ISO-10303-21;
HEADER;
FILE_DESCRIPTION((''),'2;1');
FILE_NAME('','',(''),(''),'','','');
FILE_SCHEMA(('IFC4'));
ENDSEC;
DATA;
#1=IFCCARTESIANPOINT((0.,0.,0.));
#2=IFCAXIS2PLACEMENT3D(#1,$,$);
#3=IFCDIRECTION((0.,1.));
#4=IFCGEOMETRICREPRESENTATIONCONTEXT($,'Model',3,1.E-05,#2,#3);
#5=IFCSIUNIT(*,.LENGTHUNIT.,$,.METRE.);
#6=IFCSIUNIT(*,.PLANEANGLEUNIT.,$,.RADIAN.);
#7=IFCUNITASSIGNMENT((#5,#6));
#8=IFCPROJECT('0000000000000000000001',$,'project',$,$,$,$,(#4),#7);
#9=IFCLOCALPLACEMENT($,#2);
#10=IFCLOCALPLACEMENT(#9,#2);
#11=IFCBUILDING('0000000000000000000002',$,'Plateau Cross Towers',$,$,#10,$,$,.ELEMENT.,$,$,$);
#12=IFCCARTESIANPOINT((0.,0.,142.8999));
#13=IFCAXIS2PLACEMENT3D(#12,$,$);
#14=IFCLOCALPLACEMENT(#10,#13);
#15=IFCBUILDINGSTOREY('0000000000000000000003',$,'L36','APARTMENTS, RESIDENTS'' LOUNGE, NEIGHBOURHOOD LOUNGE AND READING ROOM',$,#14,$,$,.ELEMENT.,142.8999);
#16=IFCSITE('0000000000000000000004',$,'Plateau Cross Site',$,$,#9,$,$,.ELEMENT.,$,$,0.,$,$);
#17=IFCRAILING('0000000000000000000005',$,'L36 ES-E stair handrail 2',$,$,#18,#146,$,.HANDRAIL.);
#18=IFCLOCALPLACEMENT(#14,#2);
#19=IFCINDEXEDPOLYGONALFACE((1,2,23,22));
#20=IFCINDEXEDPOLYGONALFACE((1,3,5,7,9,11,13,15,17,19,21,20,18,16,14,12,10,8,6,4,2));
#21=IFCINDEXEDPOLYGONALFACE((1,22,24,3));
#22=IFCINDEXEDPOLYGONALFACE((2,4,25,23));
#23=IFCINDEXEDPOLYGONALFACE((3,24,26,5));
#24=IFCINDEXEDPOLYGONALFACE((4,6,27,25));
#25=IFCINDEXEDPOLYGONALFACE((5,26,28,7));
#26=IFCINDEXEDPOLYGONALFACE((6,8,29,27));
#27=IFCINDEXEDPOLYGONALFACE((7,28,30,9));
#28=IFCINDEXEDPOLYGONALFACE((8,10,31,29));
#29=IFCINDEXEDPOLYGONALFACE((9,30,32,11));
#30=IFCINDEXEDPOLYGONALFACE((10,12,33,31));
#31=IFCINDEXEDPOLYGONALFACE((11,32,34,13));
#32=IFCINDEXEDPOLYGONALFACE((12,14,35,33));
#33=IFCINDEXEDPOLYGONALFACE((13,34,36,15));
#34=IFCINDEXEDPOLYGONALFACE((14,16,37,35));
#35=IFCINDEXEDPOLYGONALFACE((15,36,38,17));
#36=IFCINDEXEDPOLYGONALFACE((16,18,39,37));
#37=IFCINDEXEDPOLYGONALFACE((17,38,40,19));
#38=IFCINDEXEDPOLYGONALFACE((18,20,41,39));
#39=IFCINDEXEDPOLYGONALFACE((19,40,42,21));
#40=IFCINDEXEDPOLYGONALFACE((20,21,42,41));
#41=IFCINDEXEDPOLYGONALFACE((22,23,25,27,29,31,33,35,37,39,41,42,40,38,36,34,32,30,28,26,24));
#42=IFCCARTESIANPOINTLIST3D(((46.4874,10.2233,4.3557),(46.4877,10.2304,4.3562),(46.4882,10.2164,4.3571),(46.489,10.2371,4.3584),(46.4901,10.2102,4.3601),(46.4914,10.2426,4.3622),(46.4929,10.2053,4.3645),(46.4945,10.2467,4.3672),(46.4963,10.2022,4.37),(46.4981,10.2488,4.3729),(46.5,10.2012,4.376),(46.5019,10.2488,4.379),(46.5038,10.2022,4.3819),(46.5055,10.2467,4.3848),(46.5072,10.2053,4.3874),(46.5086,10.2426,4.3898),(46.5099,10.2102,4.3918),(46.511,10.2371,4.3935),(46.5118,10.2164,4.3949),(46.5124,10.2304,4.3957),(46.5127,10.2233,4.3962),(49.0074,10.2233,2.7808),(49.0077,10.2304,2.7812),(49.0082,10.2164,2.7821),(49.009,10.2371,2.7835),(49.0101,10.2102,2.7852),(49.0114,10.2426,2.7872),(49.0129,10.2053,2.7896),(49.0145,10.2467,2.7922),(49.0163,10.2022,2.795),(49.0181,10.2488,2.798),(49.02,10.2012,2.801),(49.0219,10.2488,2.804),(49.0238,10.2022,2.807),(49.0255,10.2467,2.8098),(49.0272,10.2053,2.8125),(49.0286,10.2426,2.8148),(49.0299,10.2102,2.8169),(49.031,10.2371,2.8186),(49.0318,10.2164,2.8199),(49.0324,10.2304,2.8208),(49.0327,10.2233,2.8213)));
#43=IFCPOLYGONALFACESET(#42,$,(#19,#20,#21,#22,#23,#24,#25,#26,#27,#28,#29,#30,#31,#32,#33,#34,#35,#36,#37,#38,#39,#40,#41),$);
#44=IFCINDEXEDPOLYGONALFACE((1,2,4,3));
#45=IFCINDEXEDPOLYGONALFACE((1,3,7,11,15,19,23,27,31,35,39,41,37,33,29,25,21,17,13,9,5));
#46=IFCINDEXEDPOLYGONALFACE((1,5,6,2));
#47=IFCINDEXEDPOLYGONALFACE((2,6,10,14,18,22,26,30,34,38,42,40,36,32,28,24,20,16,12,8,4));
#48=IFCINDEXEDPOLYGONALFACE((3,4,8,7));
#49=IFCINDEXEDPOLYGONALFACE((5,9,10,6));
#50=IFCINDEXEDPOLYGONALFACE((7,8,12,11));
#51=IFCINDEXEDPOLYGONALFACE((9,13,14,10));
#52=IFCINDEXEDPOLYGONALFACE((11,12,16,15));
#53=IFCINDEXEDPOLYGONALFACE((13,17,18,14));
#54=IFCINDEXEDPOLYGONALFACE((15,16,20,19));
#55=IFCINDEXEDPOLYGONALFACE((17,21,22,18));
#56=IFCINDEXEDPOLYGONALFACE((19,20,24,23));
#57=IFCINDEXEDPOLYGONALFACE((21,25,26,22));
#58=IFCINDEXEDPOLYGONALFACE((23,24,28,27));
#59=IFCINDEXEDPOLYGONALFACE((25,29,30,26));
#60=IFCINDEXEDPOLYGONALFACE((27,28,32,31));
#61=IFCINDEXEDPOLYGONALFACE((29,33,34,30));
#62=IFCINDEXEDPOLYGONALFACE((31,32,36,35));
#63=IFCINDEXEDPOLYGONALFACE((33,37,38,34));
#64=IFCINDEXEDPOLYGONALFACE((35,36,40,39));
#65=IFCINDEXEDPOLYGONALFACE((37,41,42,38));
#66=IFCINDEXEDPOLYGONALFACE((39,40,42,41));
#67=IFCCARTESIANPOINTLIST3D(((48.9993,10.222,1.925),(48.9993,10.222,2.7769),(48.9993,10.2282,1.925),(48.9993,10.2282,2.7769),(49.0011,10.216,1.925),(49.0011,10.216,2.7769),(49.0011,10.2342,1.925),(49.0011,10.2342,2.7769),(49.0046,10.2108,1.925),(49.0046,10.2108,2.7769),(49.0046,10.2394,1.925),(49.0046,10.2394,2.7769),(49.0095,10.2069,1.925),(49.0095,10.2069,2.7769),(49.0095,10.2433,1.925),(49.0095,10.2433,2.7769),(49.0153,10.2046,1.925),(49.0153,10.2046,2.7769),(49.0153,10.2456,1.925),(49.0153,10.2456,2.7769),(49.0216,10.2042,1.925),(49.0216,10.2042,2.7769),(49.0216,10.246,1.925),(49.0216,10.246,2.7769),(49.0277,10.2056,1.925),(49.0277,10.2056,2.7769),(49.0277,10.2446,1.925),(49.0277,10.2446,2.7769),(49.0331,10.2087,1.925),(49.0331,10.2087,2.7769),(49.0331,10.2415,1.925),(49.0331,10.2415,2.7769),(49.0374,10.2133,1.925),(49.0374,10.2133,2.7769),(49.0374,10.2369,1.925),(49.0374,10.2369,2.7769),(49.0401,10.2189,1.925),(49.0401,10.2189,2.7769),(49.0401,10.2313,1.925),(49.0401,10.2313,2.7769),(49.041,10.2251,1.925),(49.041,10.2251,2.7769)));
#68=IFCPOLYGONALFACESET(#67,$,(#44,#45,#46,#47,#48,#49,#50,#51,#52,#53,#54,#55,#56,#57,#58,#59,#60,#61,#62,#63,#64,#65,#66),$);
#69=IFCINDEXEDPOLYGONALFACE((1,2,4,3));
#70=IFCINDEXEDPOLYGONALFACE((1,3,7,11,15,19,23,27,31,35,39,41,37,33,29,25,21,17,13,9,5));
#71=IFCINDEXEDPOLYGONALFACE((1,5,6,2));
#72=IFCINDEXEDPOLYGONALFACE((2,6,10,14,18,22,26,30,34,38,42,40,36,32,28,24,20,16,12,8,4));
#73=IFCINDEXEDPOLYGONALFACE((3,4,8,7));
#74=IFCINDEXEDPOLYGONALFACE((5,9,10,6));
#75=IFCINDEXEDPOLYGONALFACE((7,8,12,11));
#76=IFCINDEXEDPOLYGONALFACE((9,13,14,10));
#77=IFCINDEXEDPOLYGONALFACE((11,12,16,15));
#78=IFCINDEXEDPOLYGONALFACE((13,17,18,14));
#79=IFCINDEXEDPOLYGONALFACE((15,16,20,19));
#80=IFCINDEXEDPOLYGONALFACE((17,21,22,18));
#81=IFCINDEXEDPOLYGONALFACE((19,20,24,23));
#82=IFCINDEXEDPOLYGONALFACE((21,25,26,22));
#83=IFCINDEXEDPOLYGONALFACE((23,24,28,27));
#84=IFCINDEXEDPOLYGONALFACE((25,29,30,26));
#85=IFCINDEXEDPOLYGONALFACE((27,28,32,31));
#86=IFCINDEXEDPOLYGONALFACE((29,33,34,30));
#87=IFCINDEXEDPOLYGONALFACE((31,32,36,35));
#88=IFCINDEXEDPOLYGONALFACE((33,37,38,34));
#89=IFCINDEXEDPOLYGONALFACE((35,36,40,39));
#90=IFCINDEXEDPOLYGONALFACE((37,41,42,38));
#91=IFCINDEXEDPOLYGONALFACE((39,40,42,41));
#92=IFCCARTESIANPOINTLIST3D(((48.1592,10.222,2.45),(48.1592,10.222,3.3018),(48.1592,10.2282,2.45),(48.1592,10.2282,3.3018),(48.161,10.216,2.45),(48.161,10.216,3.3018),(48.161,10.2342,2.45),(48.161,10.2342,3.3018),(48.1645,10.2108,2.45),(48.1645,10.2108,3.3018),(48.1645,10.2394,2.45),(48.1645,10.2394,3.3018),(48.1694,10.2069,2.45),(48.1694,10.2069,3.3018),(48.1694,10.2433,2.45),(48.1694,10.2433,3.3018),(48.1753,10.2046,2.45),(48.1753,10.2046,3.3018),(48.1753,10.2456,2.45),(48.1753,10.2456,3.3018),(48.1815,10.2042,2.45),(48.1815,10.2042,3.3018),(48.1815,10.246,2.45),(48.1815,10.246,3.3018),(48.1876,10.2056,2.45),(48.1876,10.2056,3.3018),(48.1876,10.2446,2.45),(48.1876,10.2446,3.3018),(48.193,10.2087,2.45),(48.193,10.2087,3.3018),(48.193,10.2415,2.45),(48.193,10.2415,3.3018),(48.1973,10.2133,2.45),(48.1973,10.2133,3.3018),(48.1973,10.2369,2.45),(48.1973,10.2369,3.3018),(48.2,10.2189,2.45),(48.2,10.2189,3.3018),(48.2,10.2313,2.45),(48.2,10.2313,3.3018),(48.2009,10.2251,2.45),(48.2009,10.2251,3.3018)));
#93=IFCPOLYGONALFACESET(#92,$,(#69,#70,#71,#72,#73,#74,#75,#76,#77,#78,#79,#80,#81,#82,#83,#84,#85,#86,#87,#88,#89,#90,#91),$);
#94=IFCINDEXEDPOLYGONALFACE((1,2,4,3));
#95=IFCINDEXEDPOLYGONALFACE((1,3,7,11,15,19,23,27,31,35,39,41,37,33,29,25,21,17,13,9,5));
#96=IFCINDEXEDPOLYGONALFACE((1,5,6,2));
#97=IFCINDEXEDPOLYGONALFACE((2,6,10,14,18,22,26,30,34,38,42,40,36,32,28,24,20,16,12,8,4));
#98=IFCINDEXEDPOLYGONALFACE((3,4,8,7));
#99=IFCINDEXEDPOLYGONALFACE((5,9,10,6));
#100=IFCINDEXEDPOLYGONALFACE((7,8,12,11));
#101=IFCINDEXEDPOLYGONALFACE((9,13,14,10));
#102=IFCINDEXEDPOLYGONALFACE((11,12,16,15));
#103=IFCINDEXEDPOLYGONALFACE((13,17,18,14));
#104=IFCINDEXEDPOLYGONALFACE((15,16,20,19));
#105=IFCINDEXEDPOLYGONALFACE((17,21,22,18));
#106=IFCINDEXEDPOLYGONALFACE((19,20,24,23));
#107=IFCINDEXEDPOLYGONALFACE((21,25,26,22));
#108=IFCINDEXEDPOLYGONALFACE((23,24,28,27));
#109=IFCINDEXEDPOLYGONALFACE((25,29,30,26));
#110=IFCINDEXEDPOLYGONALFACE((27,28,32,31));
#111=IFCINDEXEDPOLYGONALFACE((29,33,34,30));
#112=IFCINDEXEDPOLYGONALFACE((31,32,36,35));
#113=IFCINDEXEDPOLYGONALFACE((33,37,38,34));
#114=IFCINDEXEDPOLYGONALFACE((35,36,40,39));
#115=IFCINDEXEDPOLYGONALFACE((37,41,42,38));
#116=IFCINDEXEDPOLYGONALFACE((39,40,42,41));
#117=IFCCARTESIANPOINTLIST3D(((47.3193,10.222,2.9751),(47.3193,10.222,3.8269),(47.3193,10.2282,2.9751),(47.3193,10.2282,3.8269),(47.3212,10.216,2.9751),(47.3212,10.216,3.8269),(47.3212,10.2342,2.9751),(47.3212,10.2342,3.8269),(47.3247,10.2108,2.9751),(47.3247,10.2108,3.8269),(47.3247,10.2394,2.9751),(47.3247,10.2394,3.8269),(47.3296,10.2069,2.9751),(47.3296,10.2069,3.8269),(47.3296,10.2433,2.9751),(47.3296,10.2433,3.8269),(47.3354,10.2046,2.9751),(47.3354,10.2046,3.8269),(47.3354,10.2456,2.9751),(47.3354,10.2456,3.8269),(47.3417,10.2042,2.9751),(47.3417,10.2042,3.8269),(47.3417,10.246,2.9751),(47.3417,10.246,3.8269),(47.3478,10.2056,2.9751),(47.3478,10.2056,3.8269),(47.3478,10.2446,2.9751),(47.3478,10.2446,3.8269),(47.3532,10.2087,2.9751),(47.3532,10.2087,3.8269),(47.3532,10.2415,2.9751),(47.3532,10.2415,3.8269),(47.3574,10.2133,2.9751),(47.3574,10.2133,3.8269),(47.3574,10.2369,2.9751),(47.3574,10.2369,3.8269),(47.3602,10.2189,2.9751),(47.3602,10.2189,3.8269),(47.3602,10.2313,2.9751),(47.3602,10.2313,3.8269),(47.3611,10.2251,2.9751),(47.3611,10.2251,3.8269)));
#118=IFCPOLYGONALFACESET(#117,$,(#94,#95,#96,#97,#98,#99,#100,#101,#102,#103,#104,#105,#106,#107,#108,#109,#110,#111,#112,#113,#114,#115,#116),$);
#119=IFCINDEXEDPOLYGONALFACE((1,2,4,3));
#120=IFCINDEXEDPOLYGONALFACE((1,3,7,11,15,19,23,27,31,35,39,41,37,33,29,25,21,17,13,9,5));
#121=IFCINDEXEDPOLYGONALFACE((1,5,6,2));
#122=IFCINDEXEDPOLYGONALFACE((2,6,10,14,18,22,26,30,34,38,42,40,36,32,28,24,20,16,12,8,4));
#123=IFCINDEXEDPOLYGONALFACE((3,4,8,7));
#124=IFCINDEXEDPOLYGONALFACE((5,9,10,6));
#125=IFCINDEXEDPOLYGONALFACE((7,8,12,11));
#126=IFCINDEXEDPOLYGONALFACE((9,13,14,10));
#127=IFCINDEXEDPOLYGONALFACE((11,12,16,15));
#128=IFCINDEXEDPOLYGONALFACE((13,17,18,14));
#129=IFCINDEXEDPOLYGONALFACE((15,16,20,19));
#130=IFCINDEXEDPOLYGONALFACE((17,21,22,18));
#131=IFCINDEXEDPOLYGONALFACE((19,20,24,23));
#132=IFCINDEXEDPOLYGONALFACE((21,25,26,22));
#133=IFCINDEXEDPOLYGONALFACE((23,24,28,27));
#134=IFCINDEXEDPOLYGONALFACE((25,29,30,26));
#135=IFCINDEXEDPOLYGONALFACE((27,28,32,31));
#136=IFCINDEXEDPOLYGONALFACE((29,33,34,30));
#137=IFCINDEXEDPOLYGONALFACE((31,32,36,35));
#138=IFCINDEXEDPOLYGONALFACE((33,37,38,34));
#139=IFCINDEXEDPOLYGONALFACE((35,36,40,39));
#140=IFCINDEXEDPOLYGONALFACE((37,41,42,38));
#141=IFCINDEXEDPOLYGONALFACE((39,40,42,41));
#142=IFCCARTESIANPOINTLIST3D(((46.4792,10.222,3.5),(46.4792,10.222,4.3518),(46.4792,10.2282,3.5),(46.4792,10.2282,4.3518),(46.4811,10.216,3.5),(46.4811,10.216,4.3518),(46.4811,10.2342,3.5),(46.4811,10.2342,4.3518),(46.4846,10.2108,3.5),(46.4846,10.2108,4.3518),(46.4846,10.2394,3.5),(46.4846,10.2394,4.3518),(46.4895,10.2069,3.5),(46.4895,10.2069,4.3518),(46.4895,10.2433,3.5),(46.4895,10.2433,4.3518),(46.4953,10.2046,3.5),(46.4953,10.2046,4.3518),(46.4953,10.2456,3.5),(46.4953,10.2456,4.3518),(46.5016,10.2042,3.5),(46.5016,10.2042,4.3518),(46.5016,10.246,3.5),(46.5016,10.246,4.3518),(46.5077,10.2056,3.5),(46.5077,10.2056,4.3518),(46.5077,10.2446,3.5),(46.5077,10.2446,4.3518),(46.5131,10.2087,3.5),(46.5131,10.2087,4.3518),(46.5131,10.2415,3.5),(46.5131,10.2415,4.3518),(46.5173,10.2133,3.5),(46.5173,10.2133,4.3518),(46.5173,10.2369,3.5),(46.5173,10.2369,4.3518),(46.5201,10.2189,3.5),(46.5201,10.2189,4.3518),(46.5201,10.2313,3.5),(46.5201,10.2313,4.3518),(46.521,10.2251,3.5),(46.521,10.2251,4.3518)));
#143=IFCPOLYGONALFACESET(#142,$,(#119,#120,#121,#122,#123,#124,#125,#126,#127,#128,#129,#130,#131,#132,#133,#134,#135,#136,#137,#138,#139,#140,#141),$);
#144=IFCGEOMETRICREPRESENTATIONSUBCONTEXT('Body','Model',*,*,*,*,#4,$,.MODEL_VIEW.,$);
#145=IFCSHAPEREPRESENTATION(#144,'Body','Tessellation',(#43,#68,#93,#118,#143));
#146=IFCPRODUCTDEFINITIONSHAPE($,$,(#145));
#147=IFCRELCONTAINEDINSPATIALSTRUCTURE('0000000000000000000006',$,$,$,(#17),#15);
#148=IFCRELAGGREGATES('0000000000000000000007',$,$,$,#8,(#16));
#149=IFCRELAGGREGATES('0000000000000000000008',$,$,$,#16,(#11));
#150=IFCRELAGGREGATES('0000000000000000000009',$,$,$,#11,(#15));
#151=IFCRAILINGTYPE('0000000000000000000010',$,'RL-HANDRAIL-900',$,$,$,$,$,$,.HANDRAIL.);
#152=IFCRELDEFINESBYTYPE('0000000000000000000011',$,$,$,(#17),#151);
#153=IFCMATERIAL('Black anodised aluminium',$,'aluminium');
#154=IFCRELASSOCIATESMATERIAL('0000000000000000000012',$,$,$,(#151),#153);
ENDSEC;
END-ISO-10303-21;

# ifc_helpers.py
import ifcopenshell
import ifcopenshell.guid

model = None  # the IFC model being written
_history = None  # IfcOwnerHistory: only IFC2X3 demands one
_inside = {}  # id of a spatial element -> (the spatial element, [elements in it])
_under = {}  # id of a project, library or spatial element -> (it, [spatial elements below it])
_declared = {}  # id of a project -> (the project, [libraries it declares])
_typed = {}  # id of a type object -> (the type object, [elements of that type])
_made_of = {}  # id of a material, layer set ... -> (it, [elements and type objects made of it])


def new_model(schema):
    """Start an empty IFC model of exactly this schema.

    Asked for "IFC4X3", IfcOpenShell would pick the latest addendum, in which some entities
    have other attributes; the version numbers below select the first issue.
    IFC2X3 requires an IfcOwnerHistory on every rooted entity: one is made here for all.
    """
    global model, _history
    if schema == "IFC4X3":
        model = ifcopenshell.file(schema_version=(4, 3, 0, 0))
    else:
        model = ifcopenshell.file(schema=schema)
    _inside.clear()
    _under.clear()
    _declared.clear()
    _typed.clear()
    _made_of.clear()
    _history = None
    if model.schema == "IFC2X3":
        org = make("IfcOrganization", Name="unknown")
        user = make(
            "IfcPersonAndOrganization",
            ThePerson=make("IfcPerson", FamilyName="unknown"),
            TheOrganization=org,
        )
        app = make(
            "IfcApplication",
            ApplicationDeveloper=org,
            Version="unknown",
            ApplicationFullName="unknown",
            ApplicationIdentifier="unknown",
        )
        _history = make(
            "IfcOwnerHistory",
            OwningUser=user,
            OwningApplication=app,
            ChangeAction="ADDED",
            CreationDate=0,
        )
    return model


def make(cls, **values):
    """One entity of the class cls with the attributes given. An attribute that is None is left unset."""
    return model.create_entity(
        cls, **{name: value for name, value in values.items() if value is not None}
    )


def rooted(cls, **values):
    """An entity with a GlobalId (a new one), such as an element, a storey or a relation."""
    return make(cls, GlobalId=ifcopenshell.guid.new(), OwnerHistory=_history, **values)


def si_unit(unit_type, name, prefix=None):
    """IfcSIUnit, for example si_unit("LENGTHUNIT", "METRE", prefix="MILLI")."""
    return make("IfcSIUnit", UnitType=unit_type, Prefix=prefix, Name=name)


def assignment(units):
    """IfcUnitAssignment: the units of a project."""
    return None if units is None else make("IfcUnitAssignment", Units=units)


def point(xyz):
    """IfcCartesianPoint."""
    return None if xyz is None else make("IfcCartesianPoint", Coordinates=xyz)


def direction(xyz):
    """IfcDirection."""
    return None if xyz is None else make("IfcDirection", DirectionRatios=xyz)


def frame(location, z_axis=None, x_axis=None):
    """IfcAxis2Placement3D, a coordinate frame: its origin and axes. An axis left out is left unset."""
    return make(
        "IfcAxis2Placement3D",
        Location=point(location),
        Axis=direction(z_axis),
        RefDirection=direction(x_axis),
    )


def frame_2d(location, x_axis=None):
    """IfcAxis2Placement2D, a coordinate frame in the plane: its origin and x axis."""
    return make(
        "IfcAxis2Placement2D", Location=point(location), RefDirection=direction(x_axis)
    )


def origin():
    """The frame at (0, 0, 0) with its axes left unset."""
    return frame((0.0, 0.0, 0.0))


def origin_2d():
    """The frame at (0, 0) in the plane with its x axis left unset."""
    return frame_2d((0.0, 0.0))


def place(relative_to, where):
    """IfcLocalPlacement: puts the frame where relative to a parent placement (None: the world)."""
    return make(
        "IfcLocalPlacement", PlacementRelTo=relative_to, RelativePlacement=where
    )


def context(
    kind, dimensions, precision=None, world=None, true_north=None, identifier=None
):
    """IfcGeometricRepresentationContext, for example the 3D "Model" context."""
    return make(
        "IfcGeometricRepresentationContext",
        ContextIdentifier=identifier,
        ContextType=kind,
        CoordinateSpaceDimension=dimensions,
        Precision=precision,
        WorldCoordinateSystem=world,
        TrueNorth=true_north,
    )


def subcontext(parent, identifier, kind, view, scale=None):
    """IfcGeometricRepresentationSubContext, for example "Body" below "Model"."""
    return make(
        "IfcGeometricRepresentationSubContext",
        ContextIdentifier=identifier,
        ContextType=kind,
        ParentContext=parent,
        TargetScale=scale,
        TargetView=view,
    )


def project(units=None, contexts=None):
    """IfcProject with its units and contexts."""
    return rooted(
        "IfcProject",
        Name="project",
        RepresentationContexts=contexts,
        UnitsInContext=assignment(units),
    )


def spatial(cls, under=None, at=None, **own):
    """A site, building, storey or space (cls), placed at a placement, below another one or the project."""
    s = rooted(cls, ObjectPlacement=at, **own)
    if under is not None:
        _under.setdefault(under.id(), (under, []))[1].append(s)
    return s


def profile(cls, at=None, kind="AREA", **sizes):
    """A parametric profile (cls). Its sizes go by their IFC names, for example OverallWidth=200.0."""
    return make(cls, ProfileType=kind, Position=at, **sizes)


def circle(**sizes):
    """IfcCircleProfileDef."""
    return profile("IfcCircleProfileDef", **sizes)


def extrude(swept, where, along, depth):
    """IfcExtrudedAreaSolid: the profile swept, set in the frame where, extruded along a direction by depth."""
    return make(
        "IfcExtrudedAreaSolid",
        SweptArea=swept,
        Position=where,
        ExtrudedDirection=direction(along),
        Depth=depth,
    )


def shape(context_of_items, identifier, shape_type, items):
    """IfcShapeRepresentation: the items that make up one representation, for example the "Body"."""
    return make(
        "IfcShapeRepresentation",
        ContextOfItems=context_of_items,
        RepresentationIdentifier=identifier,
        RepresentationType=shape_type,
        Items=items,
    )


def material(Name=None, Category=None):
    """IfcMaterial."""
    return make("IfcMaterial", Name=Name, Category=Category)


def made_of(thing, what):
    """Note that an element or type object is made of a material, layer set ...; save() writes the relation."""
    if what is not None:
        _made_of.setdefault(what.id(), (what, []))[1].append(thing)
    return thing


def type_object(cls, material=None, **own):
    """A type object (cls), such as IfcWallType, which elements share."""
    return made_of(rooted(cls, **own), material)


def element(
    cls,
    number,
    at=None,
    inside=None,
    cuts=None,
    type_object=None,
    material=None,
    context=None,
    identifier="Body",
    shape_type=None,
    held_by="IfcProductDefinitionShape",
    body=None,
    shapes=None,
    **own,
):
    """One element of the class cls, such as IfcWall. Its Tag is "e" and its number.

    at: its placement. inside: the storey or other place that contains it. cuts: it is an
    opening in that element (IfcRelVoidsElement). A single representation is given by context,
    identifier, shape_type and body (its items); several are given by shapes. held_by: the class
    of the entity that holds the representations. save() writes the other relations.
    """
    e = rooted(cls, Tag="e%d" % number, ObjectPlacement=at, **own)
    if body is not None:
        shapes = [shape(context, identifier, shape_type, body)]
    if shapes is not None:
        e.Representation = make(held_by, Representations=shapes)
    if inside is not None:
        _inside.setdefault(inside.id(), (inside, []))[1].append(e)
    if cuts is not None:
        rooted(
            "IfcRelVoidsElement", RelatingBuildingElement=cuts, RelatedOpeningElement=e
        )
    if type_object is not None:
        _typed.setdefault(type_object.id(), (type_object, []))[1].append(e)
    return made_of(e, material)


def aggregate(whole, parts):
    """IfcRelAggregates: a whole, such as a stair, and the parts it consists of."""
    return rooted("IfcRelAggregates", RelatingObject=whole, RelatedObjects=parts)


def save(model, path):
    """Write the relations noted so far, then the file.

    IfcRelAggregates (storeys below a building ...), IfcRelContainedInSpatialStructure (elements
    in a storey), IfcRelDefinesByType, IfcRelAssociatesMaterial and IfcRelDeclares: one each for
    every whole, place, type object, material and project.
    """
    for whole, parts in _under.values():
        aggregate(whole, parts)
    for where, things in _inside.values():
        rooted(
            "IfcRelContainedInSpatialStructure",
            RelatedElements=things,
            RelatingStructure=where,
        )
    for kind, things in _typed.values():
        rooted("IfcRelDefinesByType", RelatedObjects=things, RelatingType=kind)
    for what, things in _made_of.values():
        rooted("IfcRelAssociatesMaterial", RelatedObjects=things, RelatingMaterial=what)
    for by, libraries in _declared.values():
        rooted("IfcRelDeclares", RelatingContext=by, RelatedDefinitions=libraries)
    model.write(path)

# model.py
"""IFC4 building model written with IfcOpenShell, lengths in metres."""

from ifc_helpers import new_model, si_unit, direction, frame, origin, origin_2d, place, context, subcontext, project, spatial, circle, extrude, material, type_object, element, save


model = new_model("IFC4")

# Units and contexts
model_context = context("Model", 3, precision=1e-05, world=origin(), true_north=direction((0.0, 1.0)))
body_context = subcontext(model_context, "Body", "Model", "MODEL_VIEW")
ifc_project = project(units=[si_unit("LENGTHUNIT", "METRE"), si_unit("PLANEANGLEUNIT", "RADIAN")], contexts=[model_context])

# Site, building, storey
site_placement = place(None, origin())
site = spatial("IfcSite", under=ifc_project, at=site_placement, Name="Plateau Cross Site", CompositionType="ELEMENT", RefElevation=0.0)
building_placement = place(site_placement, origin())
building = spatial("IfcBuilding", under=site, at=building_placement, Name="Plateau Cross Towers", CompositionType="ELEMENT")
storey_placement = place(building_placement, frame((0.0, 0.0, 142.8999)))
storey = spatial("IfcBuildingStorey", under=building, at=storey_placement, Name="L36", Description="APARTMENTS, RESIDENTS' LOUNGE, NEIGHBOURHOOD LOUNGE AND READING ROOM", CompositionType="ELEMENT", Elevation=142.8999)

# Shared definitions
ifc_material_1 = material(Name="Black anodised aluminium", Category="aluminium")

# Railing
railing_type_1 = type_object("IfcRailingType", Name="RL-HANDRAIL-900", PredefinedType="HANDRAIL", material=ifc_material_1)
railing_1_placement = place(storey_placement, frame((49.02, 10.2251, 1.925)))
element("IfcRailing", 1, at=railing_1_placement, inside=storey, type_object=railing_type_1, Name="L36 ES-E stair handrail 2", PredefinedType="HANDRAIL", context=body_context, shape_type="SweptSolid", body=[
    extrude(circle(Radius=0.0239, at=origin_2d()), frame((0.0, 0.0, 0.876), z_axis=(-0.848008, 0.0, 0.529984), x_axis=(0.0, -1.0, 0.0)), (0.0, 0.0, 1.0), 2.9717),
    extrude(circle(Radius=0.021, at=origin_2d()), origin(), (0.0, 0.0, 1.0), 0.8518),
    extrude(circle(Radius=0.021, at=origin_2d()), frame((-0.8401, 0.0, 0.5249)), (0.0, 0.0, 1.0), 0.8518),
    extrude(circle(Radius=0.021, at=origin_2d()), frame((-1.6799, 0.0, 1.05)), (0.0, 0.0, 1.0), 0.8518),
    extrude(circle(Radius=0.021, at=origin_2d()), frame((-2.52, 0.0, 1.575)), (0.0, 0.0, 1.0), 0.8518),
])

save(model, "model.ifc")
